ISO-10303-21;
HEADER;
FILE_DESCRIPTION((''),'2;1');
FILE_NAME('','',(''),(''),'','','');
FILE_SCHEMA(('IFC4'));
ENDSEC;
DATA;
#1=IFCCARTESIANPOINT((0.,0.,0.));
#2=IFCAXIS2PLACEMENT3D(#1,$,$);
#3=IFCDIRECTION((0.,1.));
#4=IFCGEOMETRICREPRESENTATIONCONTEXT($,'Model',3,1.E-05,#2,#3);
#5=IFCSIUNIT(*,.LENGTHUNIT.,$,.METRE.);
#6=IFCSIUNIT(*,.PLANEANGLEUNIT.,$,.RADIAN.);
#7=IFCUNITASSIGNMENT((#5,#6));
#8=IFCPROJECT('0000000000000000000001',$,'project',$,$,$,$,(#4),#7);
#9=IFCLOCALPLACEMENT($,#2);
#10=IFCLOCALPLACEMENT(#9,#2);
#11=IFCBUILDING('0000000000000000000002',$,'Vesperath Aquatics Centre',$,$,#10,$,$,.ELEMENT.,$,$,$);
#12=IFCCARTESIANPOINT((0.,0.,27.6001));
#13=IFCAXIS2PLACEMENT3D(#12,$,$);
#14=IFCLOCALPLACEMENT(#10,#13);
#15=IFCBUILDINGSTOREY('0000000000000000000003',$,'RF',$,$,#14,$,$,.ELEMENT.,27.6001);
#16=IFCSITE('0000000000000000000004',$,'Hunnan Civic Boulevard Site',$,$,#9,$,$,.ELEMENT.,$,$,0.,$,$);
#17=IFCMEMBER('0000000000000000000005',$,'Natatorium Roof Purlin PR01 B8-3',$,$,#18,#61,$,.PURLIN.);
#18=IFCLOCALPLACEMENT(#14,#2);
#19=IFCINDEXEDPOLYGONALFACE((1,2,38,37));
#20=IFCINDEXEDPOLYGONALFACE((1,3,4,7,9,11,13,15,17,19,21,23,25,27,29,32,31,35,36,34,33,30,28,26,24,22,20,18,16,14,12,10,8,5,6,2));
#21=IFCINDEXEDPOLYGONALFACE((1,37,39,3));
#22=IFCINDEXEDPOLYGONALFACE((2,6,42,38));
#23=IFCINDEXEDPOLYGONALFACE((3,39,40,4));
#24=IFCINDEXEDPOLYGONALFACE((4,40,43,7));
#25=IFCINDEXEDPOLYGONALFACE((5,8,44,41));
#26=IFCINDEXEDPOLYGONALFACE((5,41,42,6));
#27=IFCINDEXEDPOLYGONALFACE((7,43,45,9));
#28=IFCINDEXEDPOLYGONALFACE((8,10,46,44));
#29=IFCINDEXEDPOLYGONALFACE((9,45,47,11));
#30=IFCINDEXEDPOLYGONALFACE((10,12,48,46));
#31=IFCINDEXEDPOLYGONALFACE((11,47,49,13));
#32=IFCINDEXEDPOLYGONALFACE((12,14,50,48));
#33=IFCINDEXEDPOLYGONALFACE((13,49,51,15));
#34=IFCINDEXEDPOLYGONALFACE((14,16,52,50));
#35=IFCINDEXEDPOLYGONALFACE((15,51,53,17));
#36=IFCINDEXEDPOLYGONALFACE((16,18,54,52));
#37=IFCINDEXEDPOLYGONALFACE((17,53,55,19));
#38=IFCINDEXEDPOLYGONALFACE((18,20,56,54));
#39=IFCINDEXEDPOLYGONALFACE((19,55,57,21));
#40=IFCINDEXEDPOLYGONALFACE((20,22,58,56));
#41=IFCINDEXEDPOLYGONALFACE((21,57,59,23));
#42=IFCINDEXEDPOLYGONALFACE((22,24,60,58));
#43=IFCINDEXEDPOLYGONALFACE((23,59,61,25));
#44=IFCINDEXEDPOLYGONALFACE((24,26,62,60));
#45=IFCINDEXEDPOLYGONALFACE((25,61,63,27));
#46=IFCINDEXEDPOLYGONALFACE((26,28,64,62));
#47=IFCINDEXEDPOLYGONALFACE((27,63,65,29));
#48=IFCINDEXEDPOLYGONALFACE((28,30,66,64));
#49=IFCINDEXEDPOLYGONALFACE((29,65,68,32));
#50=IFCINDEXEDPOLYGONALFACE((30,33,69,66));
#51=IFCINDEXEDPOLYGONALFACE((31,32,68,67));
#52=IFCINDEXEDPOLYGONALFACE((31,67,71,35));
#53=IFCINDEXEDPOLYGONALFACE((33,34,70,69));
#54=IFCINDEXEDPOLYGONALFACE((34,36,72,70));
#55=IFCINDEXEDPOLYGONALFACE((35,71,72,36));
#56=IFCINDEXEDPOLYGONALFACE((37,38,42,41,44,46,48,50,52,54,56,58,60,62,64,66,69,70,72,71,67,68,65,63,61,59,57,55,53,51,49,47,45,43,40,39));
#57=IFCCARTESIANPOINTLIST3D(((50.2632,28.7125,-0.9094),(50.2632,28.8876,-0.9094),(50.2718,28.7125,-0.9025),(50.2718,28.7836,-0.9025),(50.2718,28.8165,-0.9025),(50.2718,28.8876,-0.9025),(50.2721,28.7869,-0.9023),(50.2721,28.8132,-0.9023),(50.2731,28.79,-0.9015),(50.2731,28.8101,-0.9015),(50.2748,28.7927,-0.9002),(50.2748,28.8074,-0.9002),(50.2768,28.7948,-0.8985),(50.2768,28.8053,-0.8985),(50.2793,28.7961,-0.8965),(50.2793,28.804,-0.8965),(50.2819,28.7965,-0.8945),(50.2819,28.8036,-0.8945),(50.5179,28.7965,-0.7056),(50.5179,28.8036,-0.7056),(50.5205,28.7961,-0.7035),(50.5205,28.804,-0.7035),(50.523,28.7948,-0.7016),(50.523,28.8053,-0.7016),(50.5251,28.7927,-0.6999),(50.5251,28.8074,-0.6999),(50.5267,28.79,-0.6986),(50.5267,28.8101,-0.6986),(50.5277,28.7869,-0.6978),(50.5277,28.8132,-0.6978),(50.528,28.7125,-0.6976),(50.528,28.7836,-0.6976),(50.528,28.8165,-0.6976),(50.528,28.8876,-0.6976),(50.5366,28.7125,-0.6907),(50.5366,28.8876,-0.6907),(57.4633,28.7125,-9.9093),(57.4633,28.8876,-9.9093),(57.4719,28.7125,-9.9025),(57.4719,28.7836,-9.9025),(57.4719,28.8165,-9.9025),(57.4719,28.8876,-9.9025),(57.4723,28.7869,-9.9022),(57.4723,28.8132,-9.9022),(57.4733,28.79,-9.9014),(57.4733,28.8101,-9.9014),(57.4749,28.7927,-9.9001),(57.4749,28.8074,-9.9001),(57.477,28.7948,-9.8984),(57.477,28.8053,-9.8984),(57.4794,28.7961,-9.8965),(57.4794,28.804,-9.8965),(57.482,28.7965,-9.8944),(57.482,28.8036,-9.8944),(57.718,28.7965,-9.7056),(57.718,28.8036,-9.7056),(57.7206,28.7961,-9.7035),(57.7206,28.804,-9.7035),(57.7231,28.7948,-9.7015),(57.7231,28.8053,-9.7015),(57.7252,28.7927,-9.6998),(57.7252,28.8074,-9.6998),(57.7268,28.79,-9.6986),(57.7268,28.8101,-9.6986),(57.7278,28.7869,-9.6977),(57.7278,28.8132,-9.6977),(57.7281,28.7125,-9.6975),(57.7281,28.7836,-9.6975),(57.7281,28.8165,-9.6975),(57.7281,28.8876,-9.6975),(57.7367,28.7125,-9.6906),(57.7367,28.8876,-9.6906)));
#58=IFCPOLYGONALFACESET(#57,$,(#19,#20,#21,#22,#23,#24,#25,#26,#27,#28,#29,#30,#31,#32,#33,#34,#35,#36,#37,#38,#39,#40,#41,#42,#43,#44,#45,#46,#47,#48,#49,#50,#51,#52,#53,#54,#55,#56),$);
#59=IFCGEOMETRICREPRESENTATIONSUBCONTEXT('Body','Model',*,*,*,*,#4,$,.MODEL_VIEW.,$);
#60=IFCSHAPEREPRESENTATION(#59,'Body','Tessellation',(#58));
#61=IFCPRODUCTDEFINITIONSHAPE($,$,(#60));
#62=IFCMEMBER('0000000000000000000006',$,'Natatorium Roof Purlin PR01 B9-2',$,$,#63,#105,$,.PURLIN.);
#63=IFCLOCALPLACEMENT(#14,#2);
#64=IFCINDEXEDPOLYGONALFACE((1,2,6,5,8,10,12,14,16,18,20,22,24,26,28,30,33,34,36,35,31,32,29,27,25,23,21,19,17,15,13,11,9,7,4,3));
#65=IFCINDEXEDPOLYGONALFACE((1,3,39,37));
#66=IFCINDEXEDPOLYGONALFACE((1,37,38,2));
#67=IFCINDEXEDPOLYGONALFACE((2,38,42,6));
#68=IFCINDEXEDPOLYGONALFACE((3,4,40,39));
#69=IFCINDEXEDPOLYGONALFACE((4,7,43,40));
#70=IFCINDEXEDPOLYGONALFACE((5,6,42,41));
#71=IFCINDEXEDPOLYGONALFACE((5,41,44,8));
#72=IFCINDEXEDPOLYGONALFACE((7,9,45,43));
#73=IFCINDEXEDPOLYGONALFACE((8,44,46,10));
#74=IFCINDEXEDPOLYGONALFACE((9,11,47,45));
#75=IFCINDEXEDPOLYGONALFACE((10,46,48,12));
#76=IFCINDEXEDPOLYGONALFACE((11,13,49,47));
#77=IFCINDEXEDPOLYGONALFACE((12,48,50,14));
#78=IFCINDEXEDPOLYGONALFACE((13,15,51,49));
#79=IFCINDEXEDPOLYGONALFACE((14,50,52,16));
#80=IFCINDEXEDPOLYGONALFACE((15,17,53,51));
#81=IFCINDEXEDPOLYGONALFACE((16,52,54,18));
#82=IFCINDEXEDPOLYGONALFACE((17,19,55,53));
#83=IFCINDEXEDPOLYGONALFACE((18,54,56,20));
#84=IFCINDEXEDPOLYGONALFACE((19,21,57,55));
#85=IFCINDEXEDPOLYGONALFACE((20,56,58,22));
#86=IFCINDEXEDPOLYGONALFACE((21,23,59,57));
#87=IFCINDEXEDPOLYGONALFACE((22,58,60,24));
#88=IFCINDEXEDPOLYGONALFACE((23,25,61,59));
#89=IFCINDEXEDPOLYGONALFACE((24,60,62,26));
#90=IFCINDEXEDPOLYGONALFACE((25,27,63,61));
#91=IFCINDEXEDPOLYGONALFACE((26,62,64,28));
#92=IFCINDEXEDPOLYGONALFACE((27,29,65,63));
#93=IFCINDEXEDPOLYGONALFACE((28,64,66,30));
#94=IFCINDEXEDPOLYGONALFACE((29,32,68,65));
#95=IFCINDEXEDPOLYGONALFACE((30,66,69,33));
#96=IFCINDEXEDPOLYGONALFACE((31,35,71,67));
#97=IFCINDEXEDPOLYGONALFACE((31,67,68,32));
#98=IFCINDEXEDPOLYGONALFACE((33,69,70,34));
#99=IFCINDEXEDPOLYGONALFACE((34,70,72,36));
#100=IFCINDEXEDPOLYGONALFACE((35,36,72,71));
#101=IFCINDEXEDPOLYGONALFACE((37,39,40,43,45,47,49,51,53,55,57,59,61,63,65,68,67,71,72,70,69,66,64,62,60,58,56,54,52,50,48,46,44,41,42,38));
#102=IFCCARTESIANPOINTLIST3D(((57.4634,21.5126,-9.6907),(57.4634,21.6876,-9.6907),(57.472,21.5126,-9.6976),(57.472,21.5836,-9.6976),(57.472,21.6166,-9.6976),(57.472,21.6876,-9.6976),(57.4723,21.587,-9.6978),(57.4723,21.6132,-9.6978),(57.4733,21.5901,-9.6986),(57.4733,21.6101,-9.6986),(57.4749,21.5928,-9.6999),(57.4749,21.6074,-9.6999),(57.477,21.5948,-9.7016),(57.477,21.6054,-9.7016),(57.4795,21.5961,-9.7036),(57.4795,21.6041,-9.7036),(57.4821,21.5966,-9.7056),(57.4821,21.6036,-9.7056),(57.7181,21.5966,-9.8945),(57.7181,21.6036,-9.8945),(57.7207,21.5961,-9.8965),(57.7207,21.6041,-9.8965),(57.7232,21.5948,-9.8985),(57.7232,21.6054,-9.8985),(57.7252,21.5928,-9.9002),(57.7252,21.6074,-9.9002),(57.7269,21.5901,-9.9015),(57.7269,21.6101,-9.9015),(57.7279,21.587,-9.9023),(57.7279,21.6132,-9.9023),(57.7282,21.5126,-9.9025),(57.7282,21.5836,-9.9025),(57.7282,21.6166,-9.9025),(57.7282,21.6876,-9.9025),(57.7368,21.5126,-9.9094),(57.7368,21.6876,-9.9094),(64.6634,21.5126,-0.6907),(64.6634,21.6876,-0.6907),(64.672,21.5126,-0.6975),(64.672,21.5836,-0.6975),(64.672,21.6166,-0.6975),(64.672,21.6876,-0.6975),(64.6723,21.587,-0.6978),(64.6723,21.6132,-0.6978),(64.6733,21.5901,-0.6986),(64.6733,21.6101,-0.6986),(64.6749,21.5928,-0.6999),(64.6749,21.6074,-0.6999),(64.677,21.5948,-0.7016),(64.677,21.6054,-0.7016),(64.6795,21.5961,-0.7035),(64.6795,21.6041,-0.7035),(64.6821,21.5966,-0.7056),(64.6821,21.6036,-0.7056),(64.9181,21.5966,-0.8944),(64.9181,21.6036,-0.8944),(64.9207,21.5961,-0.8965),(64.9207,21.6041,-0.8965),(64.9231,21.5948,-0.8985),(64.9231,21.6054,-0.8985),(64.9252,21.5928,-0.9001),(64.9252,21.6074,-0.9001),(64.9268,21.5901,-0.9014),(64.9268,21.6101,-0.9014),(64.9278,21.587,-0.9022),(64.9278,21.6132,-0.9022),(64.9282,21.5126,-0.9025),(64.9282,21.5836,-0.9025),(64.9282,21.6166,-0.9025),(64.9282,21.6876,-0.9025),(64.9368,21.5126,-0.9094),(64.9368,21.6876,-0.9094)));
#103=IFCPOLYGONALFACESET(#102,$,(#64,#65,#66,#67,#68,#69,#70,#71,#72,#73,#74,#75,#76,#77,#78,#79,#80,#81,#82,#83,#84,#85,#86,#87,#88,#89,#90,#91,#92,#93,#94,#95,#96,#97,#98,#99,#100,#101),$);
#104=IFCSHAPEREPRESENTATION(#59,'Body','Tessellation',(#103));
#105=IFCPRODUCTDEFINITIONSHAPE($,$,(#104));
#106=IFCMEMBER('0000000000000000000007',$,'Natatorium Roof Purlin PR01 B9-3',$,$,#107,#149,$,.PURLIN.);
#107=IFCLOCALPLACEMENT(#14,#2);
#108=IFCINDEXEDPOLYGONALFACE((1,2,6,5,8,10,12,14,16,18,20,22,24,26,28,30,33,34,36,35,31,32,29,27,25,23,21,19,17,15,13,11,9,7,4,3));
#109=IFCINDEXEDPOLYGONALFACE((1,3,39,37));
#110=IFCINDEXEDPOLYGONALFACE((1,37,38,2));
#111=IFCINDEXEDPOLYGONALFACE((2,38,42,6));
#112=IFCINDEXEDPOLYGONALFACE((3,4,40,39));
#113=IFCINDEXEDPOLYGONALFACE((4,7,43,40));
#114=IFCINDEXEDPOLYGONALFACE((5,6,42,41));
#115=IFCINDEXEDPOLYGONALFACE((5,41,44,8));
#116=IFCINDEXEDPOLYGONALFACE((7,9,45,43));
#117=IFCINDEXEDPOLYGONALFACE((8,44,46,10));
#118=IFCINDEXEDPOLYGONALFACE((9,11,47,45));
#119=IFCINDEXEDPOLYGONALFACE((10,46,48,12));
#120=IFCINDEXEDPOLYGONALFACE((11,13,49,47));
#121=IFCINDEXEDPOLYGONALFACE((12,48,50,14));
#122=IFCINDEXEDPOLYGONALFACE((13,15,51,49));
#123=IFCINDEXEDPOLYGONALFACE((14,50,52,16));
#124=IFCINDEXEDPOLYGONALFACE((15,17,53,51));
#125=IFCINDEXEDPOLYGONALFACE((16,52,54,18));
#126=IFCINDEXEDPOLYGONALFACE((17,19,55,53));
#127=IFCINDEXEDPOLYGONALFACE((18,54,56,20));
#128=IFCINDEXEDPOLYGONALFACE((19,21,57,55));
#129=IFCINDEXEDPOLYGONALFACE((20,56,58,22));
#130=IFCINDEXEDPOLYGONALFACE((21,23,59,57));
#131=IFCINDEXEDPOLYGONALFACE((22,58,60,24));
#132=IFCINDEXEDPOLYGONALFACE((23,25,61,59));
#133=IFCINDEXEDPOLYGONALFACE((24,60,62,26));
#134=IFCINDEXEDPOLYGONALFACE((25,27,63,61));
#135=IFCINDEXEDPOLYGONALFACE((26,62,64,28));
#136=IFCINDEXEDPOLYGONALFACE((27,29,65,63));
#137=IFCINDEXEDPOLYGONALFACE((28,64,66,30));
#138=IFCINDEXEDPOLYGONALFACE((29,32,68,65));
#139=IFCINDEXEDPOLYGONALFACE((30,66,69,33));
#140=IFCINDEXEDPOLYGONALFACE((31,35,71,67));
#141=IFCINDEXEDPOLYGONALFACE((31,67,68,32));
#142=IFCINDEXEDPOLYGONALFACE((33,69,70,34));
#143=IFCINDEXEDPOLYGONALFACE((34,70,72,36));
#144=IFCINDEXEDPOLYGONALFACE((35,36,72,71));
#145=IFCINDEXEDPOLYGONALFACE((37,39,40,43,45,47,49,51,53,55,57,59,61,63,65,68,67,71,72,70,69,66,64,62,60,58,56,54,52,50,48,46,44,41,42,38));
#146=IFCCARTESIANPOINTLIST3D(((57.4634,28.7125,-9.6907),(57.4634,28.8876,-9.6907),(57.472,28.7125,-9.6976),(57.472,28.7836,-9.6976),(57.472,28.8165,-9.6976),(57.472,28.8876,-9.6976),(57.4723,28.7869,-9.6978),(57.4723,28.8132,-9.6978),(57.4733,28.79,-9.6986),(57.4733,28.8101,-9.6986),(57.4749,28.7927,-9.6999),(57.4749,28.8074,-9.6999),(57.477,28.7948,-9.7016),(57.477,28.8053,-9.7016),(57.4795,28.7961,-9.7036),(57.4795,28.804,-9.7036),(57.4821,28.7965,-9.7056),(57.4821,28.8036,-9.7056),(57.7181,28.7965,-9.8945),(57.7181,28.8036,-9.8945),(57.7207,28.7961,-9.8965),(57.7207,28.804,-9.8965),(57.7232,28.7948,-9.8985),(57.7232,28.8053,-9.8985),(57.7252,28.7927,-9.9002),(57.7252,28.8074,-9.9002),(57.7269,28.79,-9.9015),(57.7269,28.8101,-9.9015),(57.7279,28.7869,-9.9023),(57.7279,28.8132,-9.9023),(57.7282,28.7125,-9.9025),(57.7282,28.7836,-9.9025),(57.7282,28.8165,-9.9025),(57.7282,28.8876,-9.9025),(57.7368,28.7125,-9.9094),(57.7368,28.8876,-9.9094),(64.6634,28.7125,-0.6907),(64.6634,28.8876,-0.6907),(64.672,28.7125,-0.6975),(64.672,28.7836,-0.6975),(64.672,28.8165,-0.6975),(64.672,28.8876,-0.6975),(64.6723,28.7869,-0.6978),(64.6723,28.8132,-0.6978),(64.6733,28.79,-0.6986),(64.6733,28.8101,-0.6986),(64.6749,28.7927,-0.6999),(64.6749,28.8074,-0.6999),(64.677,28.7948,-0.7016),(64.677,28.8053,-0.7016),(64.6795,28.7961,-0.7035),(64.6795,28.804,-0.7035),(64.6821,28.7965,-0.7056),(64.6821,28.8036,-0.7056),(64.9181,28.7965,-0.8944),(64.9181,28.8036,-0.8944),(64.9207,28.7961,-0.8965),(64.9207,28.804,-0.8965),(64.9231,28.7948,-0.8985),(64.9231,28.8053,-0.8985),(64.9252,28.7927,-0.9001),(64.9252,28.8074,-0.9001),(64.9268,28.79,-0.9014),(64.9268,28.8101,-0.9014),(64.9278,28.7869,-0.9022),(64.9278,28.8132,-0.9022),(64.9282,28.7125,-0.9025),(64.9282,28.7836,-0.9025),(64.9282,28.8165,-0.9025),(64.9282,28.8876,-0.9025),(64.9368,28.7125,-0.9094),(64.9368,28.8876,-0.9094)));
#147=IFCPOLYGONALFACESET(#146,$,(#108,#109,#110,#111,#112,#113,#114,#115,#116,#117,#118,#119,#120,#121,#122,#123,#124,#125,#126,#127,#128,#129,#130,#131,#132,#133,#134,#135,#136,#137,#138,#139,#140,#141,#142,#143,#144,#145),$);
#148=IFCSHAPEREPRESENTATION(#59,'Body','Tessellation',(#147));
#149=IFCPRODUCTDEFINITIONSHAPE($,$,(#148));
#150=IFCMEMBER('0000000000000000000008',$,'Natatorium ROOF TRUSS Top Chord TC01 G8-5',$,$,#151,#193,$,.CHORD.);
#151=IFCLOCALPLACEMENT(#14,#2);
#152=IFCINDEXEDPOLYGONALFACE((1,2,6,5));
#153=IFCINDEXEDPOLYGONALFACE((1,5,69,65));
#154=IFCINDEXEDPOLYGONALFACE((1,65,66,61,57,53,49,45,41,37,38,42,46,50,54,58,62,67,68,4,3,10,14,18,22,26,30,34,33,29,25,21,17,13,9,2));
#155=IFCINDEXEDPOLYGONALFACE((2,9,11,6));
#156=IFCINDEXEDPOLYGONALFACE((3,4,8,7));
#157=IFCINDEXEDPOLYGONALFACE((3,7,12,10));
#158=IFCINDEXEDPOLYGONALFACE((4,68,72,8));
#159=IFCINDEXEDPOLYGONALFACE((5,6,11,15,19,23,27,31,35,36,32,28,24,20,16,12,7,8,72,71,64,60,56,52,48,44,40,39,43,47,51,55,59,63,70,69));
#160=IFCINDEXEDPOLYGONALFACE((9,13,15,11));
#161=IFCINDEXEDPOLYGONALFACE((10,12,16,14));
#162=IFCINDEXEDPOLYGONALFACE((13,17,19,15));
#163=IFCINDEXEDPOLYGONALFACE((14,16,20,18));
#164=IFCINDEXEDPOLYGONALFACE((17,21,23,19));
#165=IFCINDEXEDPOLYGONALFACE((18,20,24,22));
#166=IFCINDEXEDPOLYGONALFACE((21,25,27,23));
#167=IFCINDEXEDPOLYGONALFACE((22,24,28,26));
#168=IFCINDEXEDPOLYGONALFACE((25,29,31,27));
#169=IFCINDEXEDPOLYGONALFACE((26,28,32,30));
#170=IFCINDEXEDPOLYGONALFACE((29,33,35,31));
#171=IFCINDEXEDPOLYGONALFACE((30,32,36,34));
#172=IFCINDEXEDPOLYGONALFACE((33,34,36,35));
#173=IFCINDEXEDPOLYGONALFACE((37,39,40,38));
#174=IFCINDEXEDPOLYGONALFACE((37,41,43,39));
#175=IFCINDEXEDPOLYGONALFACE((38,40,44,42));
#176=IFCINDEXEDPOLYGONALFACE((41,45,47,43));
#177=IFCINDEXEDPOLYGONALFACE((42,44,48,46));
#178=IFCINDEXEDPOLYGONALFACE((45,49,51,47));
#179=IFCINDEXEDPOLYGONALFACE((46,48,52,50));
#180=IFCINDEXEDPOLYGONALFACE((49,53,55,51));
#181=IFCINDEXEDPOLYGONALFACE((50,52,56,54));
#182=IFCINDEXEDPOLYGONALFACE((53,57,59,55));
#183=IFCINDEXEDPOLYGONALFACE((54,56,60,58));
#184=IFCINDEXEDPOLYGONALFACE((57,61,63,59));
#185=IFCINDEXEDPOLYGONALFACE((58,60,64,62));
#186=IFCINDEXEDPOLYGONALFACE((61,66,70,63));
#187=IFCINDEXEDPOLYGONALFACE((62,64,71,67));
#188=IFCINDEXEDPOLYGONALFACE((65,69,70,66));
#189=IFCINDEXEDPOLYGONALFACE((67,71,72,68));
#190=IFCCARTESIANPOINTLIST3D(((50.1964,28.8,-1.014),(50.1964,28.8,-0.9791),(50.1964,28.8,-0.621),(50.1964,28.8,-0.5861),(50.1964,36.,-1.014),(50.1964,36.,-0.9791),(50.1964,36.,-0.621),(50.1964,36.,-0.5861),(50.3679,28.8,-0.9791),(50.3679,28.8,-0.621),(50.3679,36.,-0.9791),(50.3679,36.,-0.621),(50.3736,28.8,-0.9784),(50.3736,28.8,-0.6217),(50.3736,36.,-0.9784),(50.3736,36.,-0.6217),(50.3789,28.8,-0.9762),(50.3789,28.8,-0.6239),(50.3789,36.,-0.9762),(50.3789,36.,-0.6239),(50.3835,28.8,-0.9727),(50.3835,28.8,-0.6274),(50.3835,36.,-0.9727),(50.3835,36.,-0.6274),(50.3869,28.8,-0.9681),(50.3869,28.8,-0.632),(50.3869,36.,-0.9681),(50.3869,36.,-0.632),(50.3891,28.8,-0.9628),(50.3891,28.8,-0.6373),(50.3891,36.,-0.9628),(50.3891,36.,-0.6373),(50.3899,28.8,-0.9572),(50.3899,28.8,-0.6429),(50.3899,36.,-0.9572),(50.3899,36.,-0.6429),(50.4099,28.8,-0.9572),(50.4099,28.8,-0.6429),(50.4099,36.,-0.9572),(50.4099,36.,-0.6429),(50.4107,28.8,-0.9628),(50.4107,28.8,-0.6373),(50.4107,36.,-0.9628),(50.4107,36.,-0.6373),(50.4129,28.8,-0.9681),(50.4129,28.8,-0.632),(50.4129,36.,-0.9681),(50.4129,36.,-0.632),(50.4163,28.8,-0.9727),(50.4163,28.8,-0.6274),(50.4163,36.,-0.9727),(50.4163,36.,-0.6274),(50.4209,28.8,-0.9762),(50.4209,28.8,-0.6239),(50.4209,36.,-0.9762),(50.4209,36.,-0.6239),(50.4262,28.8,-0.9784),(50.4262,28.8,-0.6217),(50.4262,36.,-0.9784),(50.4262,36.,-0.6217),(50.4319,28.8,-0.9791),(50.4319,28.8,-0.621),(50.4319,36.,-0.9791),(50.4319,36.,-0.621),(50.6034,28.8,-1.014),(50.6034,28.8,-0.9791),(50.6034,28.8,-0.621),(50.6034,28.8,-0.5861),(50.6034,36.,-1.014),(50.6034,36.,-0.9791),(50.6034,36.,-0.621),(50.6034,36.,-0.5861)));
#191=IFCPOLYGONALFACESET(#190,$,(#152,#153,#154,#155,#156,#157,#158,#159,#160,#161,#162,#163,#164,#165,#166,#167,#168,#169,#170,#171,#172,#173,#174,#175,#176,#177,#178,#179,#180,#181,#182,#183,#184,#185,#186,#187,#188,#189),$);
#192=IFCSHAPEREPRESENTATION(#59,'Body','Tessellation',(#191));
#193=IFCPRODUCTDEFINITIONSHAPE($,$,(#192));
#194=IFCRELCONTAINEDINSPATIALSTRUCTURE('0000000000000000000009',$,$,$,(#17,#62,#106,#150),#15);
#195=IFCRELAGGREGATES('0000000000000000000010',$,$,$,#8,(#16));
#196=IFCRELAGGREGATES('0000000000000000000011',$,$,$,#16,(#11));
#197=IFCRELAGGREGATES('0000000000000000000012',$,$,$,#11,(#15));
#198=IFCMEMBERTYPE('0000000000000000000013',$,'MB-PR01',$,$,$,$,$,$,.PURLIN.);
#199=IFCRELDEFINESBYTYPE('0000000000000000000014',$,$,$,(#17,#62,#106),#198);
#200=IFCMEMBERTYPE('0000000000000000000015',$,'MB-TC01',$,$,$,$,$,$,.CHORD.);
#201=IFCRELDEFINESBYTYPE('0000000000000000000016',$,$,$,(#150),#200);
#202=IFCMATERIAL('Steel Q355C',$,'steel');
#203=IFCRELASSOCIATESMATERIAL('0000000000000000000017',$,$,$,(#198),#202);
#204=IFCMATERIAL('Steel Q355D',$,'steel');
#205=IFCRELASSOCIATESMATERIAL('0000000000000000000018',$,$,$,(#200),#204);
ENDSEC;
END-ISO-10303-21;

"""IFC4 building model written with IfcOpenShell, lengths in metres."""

from ifc_helpers import new_model, si_unit, direction, frame, origin, origin_2d, place, context, subcontext, project, spatial, i_section, extrude, material, material_profile, profile_set, type_object, element, save


model = new_model("IFC4")

# Units and contexts
model_context = context("Model", 3, precision=1e-05, world=origin(), true_north=direction((0.0, 1.0)))
body_context = subcontext(model_context, "Body", "Model", "MODEL_VIEW")
ifc_project = project(units=[si_unit("LENGTHUNIT", "METRE"), si_unit("PLANEANGLEUNIT", "RADIAN")], contexts=[model_context])

# Site, building, storey
site_placement = place(None, origin())
site = spatial("IfcSite", under=ifc_project, at=site_placement, Name="Hunnan Civic Boulevard Site", CompositionType="ELEMENT", RefElevation=0.0)
building_placement = place(site_placement, origin())
building = spatial("IfcBuilding", under=site, at=building_placement, Name="Vesperath Aquatics Centre", CompositionType="ELEMENT")
storey_placement = place(building_placement, frame((0.0, 0.0, 27.6001)))
storey = spatial("IfcBuildingStorey", under=building, at=storey_placement, Name="RF", CompositionType="ELEMENT", Elevation=27.6001)

# Shared definitions
ifc_material_1 = material(Name="Steel Q355C", Category="steel")

# Members
ifc_material_2 = material(Name="Steel Q355D", Category="steel")
ifc_material_profile_1 = material_profile(ifc_material_1, i_section(OverallWidth=0.175, OverallDepth=0.3501, WebThickness=0.0071, FlangeThickness=0.011, FilletRadius=0.0129, at=origin_2d()), Name="HN 350x175x7x11")
ifc_profile_set_1 = profile_set([ifc_material_profile_1], Name="Steel Q355C")
member_type_1 = type_object("IfcMemberType", Name="MB-PR01", PredefinedType="PURLIN", material=ifc_profile_set_1)
for number, where, z_axis, x_axis, name in (
    (1, (50.3999, 28.8, -0.8), (0.624705, 0.0, -0.780861), (0.0, 1.0, 0.0), "Natatorium Roof Purlin PR01 B8-3"),
    (2, (57.6001, 21.6001, -9.8), (0.624692, 0.0, 0.780871), (0.0, 1.0, 0.0), "Natatorium Roof Purlin PR01 B9-2"),
    (3, (57.6001, 28.8, -9.8), (0.624692, 0.0, 0.780871), (0.0, 1.0, 0.0), "Natatorium Roof Purlin PR01 B9-3"),
):
    element("IfcMember", number, at=place(storey_placement, frame(where, z_axis=z_axis, x_axis=x_axis)), inside=storey, type_object=member_type_1, Name=name, PredefinedType="PURLIN", context=body_context, shape_type="SweptSolid", body=[
        extrude(i_section(OverallWidth=0.175, OverallDepth=0.3501, WebThickness=0.0071, FlangeThickness=0.011, FilletRadius=0.0129, at=origin_2d()), origin(), (0.0, 0.0, 1.0), 11.5256),
    ])
ifc_material_profile_2 = material_profile(ifc_material_2, i_section(OverallWidth=0.407, OverallDepth=0.428, WebThickness=0.02, FlangeThickness=0.0349, FilletRadius=0.022, at=origin_2d()), Name="HW 428x407x20x35")
ifc_profile_set_2 = profile_set([ifc_material_profile_2], Name="Steel Q355D")
member_type_2 = type_object("IfcMemberType", Name="MB-TC01", PredefinedType="CHORD", material=ifc_profile_set_2)
for number, where, z_axis, x_axis, name in (
    (4, (50.3999, 28.8, -0.8), (0.0, 1.0, 0.0), (-1.0, 0.0, 0.0), "Natatorium ROOF TRUSS Top Chord TC01 G8-5"),
):
    element("IfcMember", number, at=place(storey_placement, frame(where, z_axis=z_axis, x_axis=x_axis)), inside=storey, type_object=member_type_2, Name=name, PredefinedType="CHORD", context=body_context, shape_type="SweptSolid", body=[
        extrude(i_section(OverallWidth=0.407, OverallDepth=0.428, WebThickness=0.02, FlangeThickness=0.0349, FilletRadius=0.022, at=origin_2d()), origin(), (0.0, 0.0, 1.0), 7.2),
    ])

save(model, "model.ifc")
